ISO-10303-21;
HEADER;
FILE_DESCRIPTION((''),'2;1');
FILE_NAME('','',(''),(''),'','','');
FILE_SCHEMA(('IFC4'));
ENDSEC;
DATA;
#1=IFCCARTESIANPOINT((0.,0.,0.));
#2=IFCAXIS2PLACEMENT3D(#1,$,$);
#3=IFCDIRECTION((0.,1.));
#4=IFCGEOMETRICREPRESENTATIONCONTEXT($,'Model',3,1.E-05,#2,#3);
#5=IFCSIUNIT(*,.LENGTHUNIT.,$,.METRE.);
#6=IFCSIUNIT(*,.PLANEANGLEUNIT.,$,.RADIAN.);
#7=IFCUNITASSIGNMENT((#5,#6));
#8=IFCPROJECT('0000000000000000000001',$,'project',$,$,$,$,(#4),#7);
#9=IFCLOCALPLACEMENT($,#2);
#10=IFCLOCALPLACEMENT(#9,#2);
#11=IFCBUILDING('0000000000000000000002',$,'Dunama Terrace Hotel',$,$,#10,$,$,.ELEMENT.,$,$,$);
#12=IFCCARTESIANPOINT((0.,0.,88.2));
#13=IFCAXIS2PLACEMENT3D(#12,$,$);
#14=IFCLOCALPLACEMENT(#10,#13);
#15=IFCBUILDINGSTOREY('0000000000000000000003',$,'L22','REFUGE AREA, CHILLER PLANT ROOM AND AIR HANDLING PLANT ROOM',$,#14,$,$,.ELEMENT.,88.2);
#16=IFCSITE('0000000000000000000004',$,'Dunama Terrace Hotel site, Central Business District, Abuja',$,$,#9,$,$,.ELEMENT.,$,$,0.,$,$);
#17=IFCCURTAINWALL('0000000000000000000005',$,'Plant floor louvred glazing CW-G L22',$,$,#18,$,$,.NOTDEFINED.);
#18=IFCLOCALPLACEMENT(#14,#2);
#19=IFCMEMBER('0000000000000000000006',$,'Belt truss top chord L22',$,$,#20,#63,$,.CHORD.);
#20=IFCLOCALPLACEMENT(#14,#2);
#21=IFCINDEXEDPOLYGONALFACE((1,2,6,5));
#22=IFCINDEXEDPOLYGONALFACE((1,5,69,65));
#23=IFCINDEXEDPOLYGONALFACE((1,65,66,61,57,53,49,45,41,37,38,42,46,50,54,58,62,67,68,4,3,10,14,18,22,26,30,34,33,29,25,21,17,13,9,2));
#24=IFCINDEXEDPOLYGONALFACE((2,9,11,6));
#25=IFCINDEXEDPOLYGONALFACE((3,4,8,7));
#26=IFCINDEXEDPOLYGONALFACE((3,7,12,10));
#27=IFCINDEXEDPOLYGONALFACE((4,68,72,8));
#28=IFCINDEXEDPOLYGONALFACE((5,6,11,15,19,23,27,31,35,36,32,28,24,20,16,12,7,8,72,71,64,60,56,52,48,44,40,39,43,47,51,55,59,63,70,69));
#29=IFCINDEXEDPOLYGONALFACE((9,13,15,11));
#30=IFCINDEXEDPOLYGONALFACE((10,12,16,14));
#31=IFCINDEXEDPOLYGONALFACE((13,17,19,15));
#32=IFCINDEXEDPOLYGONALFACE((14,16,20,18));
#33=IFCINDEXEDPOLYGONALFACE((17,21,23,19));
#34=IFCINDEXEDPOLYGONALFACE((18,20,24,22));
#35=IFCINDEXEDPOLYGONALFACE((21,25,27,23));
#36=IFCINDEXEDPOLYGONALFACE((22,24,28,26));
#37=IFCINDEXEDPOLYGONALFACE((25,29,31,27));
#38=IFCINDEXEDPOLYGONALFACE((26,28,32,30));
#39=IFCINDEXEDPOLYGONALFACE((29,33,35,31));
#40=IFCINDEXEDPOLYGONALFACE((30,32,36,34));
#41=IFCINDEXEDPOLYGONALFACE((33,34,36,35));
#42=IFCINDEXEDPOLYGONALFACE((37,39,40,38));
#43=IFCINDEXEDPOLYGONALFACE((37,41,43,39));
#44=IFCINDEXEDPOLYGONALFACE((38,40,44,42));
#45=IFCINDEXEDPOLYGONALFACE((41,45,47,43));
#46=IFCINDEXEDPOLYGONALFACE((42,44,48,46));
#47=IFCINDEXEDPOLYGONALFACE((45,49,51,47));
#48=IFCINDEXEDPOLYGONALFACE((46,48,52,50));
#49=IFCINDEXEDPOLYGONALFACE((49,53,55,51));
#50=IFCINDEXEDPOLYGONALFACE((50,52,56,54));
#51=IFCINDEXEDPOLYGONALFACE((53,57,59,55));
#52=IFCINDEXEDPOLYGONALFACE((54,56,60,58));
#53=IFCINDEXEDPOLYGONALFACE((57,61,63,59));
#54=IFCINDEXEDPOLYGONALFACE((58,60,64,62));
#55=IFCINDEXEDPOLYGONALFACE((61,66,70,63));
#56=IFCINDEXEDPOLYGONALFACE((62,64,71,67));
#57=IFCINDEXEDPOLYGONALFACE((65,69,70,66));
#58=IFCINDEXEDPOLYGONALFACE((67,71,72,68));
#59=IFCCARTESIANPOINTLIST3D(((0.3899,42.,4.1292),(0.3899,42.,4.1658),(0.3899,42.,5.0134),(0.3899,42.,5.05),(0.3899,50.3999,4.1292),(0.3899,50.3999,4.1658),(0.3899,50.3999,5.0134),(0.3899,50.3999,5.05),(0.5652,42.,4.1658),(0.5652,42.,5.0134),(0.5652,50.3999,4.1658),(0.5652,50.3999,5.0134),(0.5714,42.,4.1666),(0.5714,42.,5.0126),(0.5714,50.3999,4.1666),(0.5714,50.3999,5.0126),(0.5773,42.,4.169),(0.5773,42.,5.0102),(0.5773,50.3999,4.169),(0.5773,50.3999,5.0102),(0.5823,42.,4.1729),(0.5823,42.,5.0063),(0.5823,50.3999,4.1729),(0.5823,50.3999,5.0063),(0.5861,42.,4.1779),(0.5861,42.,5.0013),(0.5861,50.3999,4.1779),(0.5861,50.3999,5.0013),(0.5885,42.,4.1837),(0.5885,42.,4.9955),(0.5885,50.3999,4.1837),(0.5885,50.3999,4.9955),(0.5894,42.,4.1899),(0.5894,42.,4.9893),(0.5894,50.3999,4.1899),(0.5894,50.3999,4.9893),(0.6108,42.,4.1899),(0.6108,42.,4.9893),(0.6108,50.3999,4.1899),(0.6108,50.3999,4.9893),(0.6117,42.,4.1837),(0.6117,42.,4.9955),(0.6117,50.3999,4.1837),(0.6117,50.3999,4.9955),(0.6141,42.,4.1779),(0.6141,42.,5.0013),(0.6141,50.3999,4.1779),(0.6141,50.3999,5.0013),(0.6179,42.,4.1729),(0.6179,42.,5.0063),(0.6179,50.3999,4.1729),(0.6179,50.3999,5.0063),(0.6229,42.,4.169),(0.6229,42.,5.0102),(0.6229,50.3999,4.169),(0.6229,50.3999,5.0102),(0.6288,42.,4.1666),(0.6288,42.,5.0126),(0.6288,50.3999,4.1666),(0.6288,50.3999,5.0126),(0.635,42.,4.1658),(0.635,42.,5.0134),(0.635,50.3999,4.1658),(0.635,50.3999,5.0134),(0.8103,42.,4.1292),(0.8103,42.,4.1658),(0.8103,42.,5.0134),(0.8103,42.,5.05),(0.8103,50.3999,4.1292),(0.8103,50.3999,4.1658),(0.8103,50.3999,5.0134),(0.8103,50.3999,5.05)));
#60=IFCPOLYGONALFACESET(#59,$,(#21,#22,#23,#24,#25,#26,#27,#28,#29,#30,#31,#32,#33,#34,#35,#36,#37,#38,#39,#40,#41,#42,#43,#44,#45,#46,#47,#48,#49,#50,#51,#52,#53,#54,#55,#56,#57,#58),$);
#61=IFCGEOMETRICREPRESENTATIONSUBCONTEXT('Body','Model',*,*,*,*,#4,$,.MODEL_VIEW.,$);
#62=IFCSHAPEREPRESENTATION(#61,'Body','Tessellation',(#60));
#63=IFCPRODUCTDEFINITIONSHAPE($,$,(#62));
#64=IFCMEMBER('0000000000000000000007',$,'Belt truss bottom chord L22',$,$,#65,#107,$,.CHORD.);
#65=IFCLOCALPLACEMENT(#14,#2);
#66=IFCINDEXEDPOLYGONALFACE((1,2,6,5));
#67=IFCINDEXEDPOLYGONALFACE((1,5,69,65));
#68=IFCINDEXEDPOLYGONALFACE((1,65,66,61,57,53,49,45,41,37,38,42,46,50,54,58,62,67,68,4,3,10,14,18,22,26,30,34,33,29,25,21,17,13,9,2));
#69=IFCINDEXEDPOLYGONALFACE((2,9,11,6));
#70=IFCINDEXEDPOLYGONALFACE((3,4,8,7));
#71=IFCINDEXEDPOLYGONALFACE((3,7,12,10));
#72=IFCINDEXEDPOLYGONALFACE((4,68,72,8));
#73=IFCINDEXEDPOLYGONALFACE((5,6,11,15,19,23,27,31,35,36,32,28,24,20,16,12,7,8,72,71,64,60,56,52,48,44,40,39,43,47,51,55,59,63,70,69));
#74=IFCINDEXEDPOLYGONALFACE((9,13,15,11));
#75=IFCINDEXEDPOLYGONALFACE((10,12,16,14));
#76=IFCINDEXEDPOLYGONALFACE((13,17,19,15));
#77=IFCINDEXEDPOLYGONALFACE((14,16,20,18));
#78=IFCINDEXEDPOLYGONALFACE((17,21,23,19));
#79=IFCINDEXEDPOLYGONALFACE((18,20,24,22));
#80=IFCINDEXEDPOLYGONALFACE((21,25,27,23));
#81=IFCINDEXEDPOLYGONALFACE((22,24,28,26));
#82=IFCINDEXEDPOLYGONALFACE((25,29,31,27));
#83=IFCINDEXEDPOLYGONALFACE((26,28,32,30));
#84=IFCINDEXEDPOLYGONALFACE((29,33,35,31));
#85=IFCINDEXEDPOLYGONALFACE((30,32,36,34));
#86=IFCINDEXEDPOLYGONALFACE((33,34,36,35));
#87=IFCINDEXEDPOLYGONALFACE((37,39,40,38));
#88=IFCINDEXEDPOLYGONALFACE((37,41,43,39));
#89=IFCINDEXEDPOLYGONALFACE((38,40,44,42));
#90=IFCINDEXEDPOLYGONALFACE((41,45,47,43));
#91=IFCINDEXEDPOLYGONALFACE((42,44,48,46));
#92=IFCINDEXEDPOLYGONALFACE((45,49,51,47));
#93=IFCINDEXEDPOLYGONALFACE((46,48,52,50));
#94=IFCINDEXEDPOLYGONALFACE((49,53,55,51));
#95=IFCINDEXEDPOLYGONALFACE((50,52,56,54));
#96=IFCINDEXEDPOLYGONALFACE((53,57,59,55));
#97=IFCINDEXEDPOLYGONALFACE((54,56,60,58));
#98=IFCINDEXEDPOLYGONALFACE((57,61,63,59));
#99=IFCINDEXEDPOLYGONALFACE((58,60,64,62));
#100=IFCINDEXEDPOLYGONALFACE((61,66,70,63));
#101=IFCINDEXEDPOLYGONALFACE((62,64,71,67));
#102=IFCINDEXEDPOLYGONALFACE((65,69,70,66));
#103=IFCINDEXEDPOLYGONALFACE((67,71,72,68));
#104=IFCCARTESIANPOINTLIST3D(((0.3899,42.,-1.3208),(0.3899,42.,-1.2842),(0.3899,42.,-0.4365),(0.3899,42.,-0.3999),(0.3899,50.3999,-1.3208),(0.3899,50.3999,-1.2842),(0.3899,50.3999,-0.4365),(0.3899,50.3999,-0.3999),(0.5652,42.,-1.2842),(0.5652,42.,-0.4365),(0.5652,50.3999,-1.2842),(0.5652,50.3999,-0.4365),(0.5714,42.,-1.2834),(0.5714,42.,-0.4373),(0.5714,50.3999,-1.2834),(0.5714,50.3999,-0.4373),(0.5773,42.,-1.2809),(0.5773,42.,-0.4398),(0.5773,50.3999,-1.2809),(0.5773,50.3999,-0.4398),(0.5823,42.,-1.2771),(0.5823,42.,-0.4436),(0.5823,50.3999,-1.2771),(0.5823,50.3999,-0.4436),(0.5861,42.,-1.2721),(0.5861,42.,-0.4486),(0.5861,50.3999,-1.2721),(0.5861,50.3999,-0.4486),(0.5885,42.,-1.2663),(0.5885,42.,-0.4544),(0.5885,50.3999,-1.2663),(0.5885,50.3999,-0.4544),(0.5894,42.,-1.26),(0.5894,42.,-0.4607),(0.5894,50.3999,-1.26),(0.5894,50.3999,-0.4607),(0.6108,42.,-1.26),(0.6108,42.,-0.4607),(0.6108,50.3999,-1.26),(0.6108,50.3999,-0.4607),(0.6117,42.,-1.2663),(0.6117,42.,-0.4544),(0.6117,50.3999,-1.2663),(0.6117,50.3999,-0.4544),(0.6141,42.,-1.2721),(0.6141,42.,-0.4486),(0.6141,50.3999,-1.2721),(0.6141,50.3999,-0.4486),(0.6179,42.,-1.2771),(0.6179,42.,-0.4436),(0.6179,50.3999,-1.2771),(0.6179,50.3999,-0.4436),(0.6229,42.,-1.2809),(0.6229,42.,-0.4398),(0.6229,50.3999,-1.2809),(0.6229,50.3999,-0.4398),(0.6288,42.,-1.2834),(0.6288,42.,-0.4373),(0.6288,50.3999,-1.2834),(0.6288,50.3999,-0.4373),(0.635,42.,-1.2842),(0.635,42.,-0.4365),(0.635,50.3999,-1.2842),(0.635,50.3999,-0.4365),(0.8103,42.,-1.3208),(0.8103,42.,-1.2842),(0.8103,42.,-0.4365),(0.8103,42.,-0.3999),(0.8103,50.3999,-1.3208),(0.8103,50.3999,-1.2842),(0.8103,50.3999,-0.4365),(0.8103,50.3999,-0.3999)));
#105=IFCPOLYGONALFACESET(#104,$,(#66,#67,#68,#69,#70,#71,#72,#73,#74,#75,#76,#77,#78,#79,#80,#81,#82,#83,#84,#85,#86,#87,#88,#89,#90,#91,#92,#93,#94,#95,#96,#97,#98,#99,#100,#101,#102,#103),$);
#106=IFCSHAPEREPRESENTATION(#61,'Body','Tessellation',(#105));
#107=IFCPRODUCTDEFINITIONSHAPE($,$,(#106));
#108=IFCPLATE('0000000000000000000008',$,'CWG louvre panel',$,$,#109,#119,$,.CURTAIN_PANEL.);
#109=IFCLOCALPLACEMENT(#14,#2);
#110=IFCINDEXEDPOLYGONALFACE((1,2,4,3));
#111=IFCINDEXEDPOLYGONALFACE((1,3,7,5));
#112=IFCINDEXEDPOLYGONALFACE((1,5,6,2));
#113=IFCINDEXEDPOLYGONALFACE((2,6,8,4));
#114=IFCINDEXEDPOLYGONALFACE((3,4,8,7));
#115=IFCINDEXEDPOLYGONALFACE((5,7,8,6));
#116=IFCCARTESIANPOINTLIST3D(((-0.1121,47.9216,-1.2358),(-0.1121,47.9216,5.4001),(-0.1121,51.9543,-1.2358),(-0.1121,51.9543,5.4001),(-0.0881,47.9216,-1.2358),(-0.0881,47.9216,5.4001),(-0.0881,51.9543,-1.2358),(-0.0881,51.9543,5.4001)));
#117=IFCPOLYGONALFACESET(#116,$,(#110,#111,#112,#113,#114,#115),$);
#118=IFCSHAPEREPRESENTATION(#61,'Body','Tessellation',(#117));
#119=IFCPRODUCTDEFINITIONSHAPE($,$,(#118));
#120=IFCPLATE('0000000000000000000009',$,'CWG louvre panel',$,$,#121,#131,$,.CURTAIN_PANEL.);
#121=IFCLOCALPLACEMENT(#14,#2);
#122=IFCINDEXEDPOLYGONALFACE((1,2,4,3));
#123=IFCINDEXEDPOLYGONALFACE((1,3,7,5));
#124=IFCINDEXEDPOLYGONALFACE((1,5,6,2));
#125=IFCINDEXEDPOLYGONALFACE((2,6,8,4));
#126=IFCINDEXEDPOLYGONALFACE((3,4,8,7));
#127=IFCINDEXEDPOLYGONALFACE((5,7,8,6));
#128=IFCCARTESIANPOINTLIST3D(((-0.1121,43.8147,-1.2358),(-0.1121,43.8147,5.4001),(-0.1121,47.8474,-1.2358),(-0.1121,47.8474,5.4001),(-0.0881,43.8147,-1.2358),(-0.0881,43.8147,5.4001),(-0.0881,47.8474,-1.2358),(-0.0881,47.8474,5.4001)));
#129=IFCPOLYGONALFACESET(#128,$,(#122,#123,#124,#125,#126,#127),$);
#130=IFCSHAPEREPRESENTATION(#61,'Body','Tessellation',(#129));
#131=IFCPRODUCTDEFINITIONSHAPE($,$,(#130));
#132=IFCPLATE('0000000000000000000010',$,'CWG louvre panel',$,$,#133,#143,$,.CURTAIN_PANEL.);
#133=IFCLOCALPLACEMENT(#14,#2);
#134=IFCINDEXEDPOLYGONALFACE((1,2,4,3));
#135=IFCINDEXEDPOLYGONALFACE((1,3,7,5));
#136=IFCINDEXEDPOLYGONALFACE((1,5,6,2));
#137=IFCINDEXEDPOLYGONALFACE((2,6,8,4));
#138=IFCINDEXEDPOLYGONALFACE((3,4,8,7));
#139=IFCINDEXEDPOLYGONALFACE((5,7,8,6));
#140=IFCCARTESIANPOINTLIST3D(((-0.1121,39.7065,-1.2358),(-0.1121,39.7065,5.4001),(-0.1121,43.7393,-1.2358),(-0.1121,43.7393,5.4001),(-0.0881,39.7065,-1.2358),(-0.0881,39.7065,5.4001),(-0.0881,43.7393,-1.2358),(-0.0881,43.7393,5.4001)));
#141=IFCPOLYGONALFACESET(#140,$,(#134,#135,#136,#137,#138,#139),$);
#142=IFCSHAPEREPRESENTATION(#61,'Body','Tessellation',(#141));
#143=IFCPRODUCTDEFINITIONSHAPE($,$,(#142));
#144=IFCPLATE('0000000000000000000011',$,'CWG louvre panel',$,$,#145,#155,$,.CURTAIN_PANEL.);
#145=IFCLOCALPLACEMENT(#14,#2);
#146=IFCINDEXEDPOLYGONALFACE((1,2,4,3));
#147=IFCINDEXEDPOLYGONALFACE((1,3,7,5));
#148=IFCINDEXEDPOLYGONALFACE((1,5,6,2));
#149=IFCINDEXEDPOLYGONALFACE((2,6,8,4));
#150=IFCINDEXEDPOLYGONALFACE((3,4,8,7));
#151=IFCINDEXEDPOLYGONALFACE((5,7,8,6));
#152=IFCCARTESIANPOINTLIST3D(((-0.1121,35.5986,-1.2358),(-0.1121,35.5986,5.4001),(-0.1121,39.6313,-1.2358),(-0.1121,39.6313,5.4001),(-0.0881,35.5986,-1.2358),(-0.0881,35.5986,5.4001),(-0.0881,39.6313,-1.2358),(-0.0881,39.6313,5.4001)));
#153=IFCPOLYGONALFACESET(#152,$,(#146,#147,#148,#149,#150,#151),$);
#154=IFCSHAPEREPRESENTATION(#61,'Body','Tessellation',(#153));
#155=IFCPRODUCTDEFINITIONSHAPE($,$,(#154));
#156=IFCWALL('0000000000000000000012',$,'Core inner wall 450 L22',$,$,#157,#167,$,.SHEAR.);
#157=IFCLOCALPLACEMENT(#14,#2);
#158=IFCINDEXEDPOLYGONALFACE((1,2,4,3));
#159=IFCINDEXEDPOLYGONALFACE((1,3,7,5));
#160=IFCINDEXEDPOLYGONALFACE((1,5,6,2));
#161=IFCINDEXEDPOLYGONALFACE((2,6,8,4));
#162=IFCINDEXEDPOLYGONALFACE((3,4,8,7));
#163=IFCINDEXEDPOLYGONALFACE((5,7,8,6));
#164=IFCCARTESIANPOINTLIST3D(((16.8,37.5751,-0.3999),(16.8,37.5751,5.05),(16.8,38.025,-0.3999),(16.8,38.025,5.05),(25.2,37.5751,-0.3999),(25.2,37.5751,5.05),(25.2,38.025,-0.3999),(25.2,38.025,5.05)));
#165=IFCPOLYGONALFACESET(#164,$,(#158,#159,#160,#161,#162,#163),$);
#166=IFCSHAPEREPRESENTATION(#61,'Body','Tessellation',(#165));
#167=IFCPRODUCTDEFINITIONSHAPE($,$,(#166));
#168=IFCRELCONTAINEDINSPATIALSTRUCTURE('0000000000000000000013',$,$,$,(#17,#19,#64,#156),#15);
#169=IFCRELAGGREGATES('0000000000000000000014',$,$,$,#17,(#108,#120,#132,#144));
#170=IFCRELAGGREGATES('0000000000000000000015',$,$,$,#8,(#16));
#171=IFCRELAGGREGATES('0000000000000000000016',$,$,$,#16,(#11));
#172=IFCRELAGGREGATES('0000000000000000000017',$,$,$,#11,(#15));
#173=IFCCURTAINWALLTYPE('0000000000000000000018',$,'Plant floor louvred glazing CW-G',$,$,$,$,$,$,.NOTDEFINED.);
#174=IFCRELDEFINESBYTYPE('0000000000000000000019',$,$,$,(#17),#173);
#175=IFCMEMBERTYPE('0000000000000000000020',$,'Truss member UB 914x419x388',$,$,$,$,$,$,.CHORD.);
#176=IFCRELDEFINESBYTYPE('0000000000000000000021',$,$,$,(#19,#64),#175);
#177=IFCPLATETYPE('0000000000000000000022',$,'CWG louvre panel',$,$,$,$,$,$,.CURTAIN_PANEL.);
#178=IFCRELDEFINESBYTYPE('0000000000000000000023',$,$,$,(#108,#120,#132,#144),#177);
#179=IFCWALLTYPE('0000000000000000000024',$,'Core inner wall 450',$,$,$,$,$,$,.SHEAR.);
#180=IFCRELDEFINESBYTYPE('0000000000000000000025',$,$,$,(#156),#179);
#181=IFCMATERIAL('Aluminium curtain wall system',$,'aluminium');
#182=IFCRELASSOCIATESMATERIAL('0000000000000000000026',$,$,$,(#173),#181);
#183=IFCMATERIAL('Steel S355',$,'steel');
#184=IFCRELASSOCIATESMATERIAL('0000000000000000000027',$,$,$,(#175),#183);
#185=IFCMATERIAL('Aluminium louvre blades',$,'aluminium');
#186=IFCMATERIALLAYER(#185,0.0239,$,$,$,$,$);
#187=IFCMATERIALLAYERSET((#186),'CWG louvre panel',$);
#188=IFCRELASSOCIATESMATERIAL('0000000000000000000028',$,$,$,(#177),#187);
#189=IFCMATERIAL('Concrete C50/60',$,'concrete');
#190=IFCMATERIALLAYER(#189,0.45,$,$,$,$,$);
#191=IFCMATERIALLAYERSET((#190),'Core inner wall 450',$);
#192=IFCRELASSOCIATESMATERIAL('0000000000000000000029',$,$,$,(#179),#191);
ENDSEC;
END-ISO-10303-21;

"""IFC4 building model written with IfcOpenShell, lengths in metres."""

from ifc_helpers import new_model, si_unit, direction, frame, frame_2d, origin, origin_2d, place, context, subcontext, project, spatial, rectangle, i_section, extrude, material, layer, layer_set, material_profile, profile_set, type_object, element, aggregate, save


model = new_model("IFC4")

# Units and contexts
model_context = context("Model", 3, precision=1e-05, world=origin(), true_north=direction((0.0, 1.0)))
body_context = subcontext(model_context, "Body", "Model", "MODEL_VIEW")
ifc_project = project(units=[si_unit("LENGTHUNIT", "METRE"), si_unit("PLANEANGLEUNIT", "RADIAN")], contexts=[model_context])

# Site, building, storey
site_placement = place(None, origin())
site = spatial("IfcSite", under=ifc_project, at=site_placement, Name="Dunama Terrace Hotel site, Central Business District, Abuja", CompositionType="ELEMENT", RefElevation=0.0)
building_placement = place(site_placement, origin())
building = spatial("IfcBuilding", under=site, at=building_placement, Name="Dunama Terrace Hotel", CompositionType="ELEMENT")
storey_placement = place(building_placement, frame((0.0, 0.0, 88.2)))
storey = spatial("IfcBuildingStorey", under=building, at=storey_placement, Name="L22", Description="REFUGE AREA, CHILLER PLANT ROOM AND AIR HANDLING PLANT ROOM", CompositionType="ELEMENT", Elevation=88.2)

# Curtain wall
ifc_material_1 = material(Name="Aluminium curtain wall system", Category="aluminium")
curtain_wall_type = type_object("IfcCurtainWallType", Name="Plant floor louvred glazing CW-G", PredefinedType="NOTDEFINED", material=ifc_material_1)
curtain_wall_placement = place(storey_placement, origin())
curtain_wall = element("IfcCurtainWall", 1, at=curtain_wall_placement, inside=storey, type_object=curtain_wall_type, Name="Plant floor louvred glazing CW-G L22", PredefinedType="NOTDEFINED")

# Members
ifc_material_2 = material(Name="Steel S355", Category="steel")
ifc_material_profile_1 = material_profile(ifc_material_2, i_section(OverallWidth=0.4204, OverallDepth=0.9209, WebThickness=0.0215, FlangeThickness=0.0366, FilletRadius=0.0242, at=origin_2d()), Name="UB 914x419x388")
ifc_profile_set_1 = profile_set([ifc_material_profile_1], Name="Steel S355")
member_type_1 = type_object("IfcMemberType", Name="Truss member UB 914x419x388", PredefinedType="CHORD", material=ifc_profile_set_1)
for number, where, z_axis, x_axis, name in (
    (2, (0.6001, 42.0, 4.5896), (0.0, 1.0, 0.0), (-1.0, 0.0, 0.0), "Belt truss top chord L22"),
    (3, (0.6001, 42.0, -0.8604), (0.0, 1.0, 0.0), (-1.0, 0.0, 0.0), "Belt truss bottom chord L22"),
):
    element("IfcMember", number, at=place(storey_placement, frame(where, z_axis=z_axis, x_axis=x_axis)), inside=storey, type_object=member_type_1, Name=name, PredefinedType="CHORD", context=body_context, shape_type="SweptSolid", body=[
        extrude(i_section(OverallWidth=0.4204, OverallDepth=0.9209, WebThickness=0.0215, FlangeThickness=0.0366, FilletRadius=0.0242, at=origin_2d()), origin(), (0.0, 0.0, 1.0), 8.3999),
    ])

# Plates
ifc_material_3 = material(Name="Aluminium louvre blades", Category="aluminium")
ifc_layer_1 = layer(ifc_material_3, 0.0239)
ifc_layer_set_1 = layer_set([ifc_layer_1], Name="CWG louvre panel")
plate_type = type_object("IfcPlateType", Name="CWG louvre panel", PredefinedType="CURTAIN_PANEL", material=ifc_layer_set_1)
plate_1_placement = place(storey_placement, frame((-0.1001, 49.938, -1.2358), z_axis=(0.0, 0.0, 1.0), x_axis=(0.0, -1.0, 0.0)))
plate_1 = element("IfcPlate", 4, at=plate_1_placement, type_object=plate_type, Name="CWG louvre panel", PredefinedType="CURTAIN_PANEL", context=body_context, shape_type="SweptSolid", body=[
    extrude(rectangle(XDim=4.0327, YDim=0.0239, at=origin_2d()), origin(), (0.0, 0.0, 1.0), 6.636),
])
plate_2_placement = place(storey_placement, frame((-0.1001, 45.8311, -1.2358), z_axis=(0.0, 0.0, 1.0), x_axis=(0.0, -1.0, 0.0)))
plate_2 = element("IfcPlate", 5, at=plate_2_placement, type_object=plate_type, Name="CWG louvre panel", PredefinedType="CURTAIN_PANEL", context=body_context, shape_type="SweptSolid", body=[
    extrude(rectangle(XDim=4.0327, YDim=0.0239, at=origin_2d()), origin(), (0.0, 0.0, 1.0), 6.636),
])
plate_3_placement = place(storey_placement, frame((-0.1001, 41.7229, -1.2358), z_axis=(0.0, 0.0, 1.0), x_axis=(0.0, -1.0, 0.0)))
plate_3 = element("IfcPlate", 6, at=plate_3_placement, type_object=plate_type, Name="CWG louvre panel", PredefinedType="CURTAIN_PANEL", context=body_context, shape_type="SweptSolid", body=[
    extrude(rectangle(XDim=4.0327, YDim=0.0239, at=origin_2d()), origin(), (0.0, 0.0, 1.0), 6.636),
])
plate_4_placement = place(storey_placement, frame((-0.1001, 37.615, -1.2358), z_axis=(0.0, 0.0, 1.0), x_axis=(0.0, -1.0, 0.0)))
plate_4 = element("IfcPlate", 7, at=plate_4_placement, type_object=plate_type, Name="CWG louvre panel", PredefinedType="CURTAIN_PANEL", context=body_context, shape_type="SweptSolid", body=[
    extrude(rectangle(XDim=4.0327, YDim=0.0239, at=origin_2d()), origin(), (0.0, 0.0, 1.0), 6.636),
])
aggregate(curtain_wall, [plate_1, plate_2, plate_3, plate_4])

# Wall
ifc_material_4 = material(Name="Concrete C50/60", Category="concrete")
ifc_layer_2 = layer(ifc_material_4, 0.45)
ifc_layer_set_2 = layer_set([ifc_layer_2], Name="Core inner wall 450")
wall_type_1 = type_object("IfcWallType", Name="Core inner wall 450", PredefinedType="SHEAR", material=ifc_layer_set_2)
wall_1_placement = place(storey_placement, frame((16.8, 37.8, -0.3999), z_axis=(0.0, 0.0, 1.0), x_axis=(1.0, 0.0, 0.0)))
element("IfcWall", 8, at=wall_1_placement, inside=storey, type_object=wall_type_1, Name="Core inner wall 450 L22", PredefinedType="SHEAR", context=body_context, shape_type="SweptSolid", body=[
    extrude(rectangle(XDim=8.3999, YDim=0.45, at=frame_2d((4.2, 0.0))), origin(), (0.0, 0.0, 1.0), 5.45),
])

save(model, "model.ifc")
